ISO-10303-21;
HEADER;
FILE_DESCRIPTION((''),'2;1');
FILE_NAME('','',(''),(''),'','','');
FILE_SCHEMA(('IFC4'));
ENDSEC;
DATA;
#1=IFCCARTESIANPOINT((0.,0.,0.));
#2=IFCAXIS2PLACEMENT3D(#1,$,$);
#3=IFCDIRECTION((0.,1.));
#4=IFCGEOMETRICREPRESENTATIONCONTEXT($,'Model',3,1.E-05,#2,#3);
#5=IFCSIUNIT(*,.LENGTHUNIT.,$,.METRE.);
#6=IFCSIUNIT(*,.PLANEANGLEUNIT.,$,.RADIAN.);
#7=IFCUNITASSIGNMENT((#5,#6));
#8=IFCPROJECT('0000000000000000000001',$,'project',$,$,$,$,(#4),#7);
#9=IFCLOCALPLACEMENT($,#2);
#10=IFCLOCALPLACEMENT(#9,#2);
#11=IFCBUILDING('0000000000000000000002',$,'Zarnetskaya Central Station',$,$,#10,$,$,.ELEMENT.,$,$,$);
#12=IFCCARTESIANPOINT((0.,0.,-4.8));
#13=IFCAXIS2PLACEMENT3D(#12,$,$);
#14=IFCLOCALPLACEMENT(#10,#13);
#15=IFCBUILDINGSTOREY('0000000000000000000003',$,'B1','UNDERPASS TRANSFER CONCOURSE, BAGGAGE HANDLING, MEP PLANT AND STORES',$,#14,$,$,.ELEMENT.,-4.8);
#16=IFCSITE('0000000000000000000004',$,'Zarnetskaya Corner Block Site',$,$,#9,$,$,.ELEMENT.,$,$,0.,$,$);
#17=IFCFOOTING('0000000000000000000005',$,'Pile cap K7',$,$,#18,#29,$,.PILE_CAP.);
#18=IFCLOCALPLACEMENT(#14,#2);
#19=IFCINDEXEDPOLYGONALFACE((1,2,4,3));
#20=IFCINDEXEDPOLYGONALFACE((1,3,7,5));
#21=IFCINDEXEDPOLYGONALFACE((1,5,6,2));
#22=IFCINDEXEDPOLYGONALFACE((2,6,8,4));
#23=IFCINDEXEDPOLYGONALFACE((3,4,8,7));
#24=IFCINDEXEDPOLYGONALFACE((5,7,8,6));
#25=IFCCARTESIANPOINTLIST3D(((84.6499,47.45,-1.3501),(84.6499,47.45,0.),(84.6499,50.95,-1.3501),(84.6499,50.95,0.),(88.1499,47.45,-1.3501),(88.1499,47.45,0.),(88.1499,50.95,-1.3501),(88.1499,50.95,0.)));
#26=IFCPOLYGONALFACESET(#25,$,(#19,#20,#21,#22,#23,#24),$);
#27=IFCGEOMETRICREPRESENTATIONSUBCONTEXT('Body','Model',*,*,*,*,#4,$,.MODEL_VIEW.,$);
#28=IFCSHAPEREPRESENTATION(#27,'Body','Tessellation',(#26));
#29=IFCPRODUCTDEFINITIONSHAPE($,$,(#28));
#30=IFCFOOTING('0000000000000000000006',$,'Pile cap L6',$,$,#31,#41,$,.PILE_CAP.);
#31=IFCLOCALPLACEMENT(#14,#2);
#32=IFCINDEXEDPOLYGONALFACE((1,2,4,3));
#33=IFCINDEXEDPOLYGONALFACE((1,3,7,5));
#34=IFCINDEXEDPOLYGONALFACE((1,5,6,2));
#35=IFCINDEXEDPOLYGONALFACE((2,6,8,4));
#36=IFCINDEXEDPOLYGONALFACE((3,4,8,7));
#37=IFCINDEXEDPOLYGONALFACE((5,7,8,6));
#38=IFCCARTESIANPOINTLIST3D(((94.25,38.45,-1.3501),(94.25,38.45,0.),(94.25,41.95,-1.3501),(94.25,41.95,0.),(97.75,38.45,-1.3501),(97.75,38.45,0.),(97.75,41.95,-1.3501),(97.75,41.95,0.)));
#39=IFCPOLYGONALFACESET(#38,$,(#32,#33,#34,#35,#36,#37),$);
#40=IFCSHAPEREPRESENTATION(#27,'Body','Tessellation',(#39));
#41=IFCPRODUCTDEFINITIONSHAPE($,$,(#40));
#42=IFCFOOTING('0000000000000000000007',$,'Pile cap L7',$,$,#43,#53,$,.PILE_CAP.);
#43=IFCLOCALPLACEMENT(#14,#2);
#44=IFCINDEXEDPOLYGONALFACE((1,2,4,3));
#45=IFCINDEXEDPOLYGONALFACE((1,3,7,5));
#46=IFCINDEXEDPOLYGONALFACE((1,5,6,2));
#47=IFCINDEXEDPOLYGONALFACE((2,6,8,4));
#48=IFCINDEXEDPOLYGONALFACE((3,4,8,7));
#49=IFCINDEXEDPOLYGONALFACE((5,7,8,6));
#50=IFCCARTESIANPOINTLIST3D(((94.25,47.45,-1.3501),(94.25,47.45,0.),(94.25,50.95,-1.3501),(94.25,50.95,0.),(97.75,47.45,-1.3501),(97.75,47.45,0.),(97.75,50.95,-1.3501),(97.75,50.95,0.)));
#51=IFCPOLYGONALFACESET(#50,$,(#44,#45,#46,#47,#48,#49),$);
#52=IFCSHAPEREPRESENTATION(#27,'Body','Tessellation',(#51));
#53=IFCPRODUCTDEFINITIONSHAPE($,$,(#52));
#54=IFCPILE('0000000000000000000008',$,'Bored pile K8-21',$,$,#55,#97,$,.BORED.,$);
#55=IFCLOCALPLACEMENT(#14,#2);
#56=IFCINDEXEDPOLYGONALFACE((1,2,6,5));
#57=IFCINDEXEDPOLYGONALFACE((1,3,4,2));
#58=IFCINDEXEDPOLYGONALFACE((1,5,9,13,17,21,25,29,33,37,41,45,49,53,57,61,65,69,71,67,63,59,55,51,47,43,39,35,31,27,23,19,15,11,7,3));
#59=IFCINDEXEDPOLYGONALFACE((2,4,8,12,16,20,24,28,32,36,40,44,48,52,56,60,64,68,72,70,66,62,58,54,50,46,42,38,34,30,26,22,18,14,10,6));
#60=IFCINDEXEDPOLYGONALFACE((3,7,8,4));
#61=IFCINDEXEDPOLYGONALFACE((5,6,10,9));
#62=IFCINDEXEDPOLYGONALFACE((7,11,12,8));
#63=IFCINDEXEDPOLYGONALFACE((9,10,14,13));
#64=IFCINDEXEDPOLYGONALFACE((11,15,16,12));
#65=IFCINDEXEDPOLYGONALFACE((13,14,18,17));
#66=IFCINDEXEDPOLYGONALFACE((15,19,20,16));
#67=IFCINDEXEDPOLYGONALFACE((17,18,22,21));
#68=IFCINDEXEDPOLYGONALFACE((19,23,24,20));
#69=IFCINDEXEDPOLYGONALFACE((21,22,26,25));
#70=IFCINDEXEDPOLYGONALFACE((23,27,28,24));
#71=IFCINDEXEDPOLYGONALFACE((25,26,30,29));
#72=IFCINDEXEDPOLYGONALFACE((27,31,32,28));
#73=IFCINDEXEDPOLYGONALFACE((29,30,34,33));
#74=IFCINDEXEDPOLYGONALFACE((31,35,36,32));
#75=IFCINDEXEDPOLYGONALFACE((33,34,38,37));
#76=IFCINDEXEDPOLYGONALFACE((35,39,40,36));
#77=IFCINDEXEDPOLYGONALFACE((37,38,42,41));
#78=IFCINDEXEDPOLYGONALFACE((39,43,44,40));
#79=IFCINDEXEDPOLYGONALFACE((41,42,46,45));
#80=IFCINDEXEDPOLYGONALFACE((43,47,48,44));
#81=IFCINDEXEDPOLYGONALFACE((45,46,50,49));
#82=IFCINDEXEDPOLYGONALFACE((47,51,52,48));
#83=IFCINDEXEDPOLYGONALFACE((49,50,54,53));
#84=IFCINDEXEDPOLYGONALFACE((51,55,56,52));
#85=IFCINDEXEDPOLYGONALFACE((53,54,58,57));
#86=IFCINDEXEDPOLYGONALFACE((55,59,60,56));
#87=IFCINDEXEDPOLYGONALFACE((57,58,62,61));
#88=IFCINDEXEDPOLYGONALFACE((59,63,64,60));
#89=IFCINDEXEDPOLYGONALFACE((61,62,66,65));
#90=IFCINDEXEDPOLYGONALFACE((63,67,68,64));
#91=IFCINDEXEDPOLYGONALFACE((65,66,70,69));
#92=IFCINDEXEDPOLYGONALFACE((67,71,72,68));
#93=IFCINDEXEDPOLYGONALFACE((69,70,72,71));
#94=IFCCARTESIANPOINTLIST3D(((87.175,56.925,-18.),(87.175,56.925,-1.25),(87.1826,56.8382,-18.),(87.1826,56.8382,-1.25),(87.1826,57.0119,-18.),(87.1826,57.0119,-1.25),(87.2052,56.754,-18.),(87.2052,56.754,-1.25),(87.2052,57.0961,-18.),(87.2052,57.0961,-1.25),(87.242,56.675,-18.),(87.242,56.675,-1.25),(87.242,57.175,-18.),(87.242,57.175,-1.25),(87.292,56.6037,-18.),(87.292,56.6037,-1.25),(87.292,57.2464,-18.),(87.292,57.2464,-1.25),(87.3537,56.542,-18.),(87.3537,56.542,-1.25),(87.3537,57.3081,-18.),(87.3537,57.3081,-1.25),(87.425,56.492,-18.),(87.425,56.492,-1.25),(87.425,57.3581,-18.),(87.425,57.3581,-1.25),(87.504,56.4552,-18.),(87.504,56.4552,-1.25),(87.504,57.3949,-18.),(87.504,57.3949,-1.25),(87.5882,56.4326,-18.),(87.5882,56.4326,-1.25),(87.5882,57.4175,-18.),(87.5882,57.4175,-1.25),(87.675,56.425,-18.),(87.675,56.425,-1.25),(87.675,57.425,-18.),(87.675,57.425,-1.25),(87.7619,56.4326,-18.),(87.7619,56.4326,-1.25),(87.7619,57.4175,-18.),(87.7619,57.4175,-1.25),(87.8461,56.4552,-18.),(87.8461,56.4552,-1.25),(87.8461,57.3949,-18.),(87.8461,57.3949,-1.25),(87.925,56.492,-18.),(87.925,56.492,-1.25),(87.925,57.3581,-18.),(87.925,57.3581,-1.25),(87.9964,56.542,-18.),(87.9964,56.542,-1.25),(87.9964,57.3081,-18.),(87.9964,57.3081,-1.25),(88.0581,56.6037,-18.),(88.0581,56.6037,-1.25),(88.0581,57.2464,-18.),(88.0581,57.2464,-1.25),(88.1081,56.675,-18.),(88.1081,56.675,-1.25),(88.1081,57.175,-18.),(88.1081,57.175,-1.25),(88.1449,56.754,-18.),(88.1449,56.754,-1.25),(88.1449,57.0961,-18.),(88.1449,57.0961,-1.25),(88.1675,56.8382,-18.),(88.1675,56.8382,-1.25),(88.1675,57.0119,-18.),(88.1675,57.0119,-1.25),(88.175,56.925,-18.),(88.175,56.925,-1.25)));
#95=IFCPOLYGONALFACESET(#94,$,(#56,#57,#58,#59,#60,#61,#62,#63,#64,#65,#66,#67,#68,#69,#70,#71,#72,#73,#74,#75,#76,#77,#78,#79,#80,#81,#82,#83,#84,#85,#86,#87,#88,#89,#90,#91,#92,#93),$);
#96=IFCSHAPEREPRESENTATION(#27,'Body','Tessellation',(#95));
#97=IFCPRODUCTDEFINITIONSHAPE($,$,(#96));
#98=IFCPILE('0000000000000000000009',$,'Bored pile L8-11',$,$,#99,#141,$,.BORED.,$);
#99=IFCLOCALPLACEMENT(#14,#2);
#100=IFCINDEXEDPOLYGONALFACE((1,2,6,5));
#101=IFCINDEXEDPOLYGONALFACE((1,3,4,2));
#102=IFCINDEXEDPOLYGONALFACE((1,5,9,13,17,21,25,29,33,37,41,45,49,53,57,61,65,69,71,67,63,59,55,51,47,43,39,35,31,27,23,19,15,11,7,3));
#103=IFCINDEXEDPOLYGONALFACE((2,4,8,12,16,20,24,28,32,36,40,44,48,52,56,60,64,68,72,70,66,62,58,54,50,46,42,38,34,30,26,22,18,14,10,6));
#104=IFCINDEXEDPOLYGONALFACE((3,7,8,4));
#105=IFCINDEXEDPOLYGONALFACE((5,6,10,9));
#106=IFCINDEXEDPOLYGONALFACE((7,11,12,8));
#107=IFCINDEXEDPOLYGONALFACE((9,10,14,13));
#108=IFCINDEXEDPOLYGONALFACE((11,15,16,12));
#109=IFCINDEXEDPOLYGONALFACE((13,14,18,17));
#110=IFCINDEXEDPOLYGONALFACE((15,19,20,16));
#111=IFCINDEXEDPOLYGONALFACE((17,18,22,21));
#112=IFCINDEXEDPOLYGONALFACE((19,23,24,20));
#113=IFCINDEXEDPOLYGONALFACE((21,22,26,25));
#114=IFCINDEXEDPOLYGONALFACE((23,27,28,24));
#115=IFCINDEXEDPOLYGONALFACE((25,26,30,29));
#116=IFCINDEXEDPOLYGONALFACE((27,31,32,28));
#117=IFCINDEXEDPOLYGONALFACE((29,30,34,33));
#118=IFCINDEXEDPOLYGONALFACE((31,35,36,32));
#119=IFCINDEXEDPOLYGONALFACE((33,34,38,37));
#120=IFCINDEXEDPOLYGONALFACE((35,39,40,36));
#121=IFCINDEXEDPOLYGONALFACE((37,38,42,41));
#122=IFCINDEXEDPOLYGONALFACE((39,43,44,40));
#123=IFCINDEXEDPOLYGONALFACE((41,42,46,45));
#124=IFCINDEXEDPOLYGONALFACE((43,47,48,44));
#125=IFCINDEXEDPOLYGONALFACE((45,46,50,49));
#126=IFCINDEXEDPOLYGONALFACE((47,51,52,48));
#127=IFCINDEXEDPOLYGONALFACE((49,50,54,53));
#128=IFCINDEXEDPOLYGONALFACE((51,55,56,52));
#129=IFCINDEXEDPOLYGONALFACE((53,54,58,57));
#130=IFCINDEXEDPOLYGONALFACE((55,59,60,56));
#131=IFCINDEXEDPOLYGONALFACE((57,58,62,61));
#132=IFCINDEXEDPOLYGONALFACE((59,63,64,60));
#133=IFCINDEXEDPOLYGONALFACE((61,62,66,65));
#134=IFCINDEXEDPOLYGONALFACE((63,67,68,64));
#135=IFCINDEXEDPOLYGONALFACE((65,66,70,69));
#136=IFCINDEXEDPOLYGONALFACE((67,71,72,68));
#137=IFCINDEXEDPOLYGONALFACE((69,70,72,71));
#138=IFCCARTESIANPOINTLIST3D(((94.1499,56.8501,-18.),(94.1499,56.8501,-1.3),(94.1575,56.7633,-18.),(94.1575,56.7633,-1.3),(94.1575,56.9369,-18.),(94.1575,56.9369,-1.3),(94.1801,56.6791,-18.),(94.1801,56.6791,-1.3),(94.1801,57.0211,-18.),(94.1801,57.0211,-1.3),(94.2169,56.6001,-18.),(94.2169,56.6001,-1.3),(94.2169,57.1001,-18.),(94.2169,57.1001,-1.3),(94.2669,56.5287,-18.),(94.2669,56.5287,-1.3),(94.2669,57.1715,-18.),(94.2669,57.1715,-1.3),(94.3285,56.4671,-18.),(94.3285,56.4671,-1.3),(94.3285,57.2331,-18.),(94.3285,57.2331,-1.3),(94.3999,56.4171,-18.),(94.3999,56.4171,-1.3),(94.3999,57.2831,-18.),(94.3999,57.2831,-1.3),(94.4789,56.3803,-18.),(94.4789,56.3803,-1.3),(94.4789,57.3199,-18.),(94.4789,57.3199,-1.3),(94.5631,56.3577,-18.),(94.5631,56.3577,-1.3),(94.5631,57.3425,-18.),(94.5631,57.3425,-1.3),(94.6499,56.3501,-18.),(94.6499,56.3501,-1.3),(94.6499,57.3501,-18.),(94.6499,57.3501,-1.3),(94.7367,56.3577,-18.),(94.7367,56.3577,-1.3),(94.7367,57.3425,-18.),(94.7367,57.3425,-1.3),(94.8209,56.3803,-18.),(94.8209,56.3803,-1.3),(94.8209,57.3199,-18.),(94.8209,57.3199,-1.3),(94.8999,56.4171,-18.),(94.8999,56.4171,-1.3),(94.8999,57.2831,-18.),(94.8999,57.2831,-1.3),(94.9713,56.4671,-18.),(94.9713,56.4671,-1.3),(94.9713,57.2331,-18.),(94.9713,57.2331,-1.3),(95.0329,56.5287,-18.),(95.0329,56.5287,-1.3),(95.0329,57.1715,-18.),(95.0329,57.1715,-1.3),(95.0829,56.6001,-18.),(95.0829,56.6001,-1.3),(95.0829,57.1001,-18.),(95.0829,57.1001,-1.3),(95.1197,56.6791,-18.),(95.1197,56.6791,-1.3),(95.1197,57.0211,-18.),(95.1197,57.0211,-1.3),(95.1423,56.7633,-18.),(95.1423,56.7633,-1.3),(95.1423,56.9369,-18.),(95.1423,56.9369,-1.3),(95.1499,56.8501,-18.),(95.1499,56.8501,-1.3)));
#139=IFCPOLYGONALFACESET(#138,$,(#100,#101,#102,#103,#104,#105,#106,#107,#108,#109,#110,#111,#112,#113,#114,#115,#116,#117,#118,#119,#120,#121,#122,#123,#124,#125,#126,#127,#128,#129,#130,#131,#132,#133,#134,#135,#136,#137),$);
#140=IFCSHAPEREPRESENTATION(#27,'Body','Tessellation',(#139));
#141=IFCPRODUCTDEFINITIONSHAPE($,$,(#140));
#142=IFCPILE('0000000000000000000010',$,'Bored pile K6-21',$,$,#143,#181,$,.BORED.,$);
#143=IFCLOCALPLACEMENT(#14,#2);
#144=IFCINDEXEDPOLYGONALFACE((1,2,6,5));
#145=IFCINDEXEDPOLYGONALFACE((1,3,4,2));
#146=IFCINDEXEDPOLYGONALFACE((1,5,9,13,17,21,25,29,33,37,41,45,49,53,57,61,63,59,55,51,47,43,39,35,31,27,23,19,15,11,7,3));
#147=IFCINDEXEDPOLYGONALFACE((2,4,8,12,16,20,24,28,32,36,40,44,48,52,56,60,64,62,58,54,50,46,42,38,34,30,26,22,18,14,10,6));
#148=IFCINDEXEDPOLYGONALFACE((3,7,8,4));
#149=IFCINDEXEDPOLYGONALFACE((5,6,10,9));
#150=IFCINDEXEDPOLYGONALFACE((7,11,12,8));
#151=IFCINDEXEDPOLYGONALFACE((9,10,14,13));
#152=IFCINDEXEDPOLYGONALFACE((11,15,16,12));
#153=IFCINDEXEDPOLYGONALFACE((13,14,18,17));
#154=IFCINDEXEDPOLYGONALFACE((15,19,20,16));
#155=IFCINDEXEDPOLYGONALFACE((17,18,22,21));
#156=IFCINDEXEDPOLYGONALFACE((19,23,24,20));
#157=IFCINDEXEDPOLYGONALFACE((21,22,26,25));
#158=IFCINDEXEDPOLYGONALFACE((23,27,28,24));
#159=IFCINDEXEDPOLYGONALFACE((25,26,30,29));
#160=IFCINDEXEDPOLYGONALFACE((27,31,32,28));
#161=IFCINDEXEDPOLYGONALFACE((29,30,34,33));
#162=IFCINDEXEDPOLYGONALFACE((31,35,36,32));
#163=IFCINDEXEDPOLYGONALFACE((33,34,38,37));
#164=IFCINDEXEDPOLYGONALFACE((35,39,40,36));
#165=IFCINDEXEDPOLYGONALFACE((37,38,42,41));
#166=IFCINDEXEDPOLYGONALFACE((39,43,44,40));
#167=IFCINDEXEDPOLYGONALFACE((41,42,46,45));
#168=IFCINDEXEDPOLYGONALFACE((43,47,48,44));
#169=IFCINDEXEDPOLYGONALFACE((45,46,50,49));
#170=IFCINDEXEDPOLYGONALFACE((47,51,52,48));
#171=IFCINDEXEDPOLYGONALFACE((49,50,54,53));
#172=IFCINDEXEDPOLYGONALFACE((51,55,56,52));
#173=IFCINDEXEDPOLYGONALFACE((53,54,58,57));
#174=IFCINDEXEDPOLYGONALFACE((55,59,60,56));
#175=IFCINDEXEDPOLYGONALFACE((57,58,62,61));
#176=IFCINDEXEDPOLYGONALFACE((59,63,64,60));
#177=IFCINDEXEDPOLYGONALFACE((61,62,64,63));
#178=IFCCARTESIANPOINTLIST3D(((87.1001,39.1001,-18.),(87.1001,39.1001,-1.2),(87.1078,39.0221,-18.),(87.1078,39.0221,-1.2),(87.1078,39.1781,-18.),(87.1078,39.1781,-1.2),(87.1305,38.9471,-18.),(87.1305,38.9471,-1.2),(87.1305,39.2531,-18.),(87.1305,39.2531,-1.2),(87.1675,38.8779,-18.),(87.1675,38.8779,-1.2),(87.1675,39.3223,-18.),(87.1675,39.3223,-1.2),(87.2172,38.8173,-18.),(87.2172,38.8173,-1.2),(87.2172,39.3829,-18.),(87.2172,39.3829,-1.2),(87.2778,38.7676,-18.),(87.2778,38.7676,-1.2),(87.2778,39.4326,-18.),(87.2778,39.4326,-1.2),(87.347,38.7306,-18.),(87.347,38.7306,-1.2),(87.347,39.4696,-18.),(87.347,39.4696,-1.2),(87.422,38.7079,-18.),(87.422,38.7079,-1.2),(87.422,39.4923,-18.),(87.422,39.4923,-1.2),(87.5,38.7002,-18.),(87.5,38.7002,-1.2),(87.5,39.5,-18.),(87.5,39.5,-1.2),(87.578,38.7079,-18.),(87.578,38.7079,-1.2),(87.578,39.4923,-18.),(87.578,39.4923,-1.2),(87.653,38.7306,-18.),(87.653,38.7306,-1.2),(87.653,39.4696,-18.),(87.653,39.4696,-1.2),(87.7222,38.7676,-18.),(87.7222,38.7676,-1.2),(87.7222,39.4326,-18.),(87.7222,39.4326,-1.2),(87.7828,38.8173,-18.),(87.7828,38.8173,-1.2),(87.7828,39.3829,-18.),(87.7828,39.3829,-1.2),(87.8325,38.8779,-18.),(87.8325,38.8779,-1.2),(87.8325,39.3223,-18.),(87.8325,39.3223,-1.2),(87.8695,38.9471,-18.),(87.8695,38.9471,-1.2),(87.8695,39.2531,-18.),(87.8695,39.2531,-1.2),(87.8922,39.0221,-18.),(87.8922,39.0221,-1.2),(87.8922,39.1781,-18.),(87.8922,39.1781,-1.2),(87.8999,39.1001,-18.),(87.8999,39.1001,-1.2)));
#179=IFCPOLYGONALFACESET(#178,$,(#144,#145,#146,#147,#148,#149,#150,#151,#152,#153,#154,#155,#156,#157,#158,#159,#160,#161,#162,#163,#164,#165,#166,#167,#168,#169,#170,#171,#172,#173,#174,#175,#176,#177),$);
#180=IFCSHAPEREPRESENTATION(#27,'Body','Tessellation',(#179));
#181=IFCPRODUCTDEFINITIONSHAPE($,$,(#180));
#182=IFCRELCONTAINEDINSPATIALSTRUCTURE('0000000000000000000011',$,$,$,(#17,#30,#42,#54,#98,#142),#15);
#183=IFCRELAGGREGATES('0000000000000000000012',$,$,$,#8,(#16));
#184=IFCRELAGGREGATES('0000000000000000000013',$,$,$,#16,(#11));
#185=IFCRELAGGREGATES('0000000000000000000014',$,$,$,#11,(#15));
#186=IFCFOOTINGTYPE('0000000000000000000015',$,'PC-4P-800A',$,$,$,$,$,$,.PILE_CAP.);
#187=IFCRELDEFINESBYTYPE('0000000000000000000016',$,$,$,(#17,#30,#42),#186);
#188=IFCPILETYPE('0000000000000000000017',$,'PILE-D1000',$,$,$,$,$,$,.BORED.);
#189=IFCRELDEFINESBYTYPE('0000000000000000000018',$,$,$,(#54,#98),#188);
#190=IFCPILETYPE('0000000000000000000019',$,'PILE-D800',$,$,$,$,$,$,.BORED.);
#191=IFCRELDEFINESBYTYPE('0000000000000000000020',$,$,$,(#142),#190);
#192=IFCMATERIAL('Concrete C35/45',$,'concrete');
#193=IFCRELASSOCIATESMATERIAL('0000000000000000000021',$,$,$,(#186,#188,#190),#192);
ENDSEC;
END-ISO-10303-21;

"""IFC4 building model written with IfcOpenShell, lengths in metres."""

from ifc_helpers import new_model, si_unit, direction, frame, origin, origin_2d, place, context, subcontext, project, spatial, rectangle, circle, extrude, material, material_profile, profile_set, type_object, element, save


model = new_model("IFC4")

# Units and contexts
model_context = context("Model", 3, precision=1e-05, world=origin(), true_north=direction((0.0, 1.0)))
body_context = subcontext(model_context, "Body", "Model", "MODEL_VIEW")
ifc_project = project(units=[si_unit("LENGTHUNIT", "METRE"), si_unit("PLANEANGLEUNIT", "RADIAN")], contexts=[model_context])

# Site, building, storey
site_placement = place(None, origin())
site = spatial("IfcSite", under=ifc_project, at=site_placement, Name="Zarnetskaya Corner Block Site", CompositionType="ELEMENT", RefElevation=0.0)
building_placement = place(site_placement, origin())
building = spatial("IfcBuilding", under=site, at=building_placement, Name="Zarnetskaya Central Station", CompositionType="ELEMENT")
storey_placement = place(building_placement, frame((0.0, 0.0, -4.8)))
storey = spatial("IfcBuildingStorey", under=building, at=storey_placement, Name="B1", Description="UNDERPASS TRANSFER CONCOURSE, BAGGAGE HANDLING, MEP PLANT AND STORES", CompositionType="ELEMENT", Elevation=-4.8)

# Footings
ifc_material = material(Name="Concrete C35/45", Category="concrete")
footing_type = type_object("IfcFootingType", Name="PC-4P-800A", PredefinedType="PILE_CAP", material=ifc_material)
for number, where, z_axis, x_axis, name in (
    (1, (86.3999, 49.2, -1.3501), (0.0, 0.0, 1.0), (1.0, 0.0, 0.0), "Pile cap K7"),
    (2, (96.0, 40.2, -1.3501), (0.0, 0.0, 1.0), (1.0, 0.0, 0.0), "Pile cap L6"),
    (3, (96.0, 49.2, -1.3501), (0.0, 0.0, 1.0), (1.0, 0.0, 0.0), "Pile cap L7"),
):
    element("IfcFooting", number, at=place(storey_placement, frame(where, z_axis=z_axis, x_axis=x_axis)), inside=storey, type_object=footing_type, Name=name, PredefinedType="PILE_CAP", context=body_context, shape_type="SweptSolid", body=[
        extrude(rectangle(XDim=3.5, YDim=3.5, at=origin_2d()), origin(), (0.0, 0.0, 1.0), 1.3501),
    ])

# Piles
ifc_material_profile_1 = material_profile(ifc_material, circle(Radius=0.5, at=origin_2d()), Name="BORED PILE D1000")
ifc_profile_set_1 = profile_set([ifc_material_profile_1], Name="Concrete C35/45")
pile_type_1 = type_object("IfcPileType", Name="PILE-D1000", PredefinedType="BORED", material=ifc_profile_set_1)
pile_1_placement = place(storey_placement, frame((87.675, 56.925, -1.25), z_axis=(0.0, 0.0, -1.0), x_axis=(1.0, 0.0, 0.0)))
element("IfcPile", 4, at=pile_1_placement, inside=storey, type_object=pile_type_1, Name="Bored pile K8-21", PredefinedType="BORED", context=body_context, shape_type="SweptSolid", body=[
    extrude(circle(Radius=0.5, at=origin_2d()), origin(), (0.0, 0.0, 1.0), 16.75),
])
pile_2_placement = place(storey_placement, frame((94.6499, 56.8501, -1.3), z_axis=(0.0, 0.0, -1.0), x_axis=(1.0, 0.0, 0.0)))
element("IfcPile", 5, at=pile_2_placement, inside=storey, type_object=pile_type_1, Name="Bored pile L8-11", PredefinedType="BORED", context=body_context, shape_type="SweptSolid", body=[
    extrude(circle(Radius=0.5, at=origin_2d()), origin(), (0.0, 0.0, 1.0), 16.7),
])
ifc_material_profile_2 = material_profile(ifc_material, circle(Radius=0.3999, at=origin_2d()), Name="BORED PILE D800")
ifc_profile_set_2 = profile_set([ifc_material_profile_2], Name="Concrete C35/45")
pile_type_2 = type_object("IfcPileType", Name="PILE-D800", PredefinedType="BORED", material=ifc_profile_set_2)
for number, where, z_axis, x_axis, name in (
    (6, (87.5, 39.1001, -1.2), (0.0, 0.0, -1.0), (1.0, 0.0, 0.0), "Bored pile K6-21"),
):
    element("IfcPile", number, at=place(storey_placement, frame(where, z_axis=z_axis, x_axis=x_axis)), inside=storey, type_object=pile_type_2, Name=name, PredefinedType="BORED", context=body_context, shape_type="SweptSolid", body=[
        extrude(circle(Radius=0.3999, at=origin_2d()), origin(), (0.0, 0.0, 1.0), 16.8),
    ])

save(model, "model.ifc")
